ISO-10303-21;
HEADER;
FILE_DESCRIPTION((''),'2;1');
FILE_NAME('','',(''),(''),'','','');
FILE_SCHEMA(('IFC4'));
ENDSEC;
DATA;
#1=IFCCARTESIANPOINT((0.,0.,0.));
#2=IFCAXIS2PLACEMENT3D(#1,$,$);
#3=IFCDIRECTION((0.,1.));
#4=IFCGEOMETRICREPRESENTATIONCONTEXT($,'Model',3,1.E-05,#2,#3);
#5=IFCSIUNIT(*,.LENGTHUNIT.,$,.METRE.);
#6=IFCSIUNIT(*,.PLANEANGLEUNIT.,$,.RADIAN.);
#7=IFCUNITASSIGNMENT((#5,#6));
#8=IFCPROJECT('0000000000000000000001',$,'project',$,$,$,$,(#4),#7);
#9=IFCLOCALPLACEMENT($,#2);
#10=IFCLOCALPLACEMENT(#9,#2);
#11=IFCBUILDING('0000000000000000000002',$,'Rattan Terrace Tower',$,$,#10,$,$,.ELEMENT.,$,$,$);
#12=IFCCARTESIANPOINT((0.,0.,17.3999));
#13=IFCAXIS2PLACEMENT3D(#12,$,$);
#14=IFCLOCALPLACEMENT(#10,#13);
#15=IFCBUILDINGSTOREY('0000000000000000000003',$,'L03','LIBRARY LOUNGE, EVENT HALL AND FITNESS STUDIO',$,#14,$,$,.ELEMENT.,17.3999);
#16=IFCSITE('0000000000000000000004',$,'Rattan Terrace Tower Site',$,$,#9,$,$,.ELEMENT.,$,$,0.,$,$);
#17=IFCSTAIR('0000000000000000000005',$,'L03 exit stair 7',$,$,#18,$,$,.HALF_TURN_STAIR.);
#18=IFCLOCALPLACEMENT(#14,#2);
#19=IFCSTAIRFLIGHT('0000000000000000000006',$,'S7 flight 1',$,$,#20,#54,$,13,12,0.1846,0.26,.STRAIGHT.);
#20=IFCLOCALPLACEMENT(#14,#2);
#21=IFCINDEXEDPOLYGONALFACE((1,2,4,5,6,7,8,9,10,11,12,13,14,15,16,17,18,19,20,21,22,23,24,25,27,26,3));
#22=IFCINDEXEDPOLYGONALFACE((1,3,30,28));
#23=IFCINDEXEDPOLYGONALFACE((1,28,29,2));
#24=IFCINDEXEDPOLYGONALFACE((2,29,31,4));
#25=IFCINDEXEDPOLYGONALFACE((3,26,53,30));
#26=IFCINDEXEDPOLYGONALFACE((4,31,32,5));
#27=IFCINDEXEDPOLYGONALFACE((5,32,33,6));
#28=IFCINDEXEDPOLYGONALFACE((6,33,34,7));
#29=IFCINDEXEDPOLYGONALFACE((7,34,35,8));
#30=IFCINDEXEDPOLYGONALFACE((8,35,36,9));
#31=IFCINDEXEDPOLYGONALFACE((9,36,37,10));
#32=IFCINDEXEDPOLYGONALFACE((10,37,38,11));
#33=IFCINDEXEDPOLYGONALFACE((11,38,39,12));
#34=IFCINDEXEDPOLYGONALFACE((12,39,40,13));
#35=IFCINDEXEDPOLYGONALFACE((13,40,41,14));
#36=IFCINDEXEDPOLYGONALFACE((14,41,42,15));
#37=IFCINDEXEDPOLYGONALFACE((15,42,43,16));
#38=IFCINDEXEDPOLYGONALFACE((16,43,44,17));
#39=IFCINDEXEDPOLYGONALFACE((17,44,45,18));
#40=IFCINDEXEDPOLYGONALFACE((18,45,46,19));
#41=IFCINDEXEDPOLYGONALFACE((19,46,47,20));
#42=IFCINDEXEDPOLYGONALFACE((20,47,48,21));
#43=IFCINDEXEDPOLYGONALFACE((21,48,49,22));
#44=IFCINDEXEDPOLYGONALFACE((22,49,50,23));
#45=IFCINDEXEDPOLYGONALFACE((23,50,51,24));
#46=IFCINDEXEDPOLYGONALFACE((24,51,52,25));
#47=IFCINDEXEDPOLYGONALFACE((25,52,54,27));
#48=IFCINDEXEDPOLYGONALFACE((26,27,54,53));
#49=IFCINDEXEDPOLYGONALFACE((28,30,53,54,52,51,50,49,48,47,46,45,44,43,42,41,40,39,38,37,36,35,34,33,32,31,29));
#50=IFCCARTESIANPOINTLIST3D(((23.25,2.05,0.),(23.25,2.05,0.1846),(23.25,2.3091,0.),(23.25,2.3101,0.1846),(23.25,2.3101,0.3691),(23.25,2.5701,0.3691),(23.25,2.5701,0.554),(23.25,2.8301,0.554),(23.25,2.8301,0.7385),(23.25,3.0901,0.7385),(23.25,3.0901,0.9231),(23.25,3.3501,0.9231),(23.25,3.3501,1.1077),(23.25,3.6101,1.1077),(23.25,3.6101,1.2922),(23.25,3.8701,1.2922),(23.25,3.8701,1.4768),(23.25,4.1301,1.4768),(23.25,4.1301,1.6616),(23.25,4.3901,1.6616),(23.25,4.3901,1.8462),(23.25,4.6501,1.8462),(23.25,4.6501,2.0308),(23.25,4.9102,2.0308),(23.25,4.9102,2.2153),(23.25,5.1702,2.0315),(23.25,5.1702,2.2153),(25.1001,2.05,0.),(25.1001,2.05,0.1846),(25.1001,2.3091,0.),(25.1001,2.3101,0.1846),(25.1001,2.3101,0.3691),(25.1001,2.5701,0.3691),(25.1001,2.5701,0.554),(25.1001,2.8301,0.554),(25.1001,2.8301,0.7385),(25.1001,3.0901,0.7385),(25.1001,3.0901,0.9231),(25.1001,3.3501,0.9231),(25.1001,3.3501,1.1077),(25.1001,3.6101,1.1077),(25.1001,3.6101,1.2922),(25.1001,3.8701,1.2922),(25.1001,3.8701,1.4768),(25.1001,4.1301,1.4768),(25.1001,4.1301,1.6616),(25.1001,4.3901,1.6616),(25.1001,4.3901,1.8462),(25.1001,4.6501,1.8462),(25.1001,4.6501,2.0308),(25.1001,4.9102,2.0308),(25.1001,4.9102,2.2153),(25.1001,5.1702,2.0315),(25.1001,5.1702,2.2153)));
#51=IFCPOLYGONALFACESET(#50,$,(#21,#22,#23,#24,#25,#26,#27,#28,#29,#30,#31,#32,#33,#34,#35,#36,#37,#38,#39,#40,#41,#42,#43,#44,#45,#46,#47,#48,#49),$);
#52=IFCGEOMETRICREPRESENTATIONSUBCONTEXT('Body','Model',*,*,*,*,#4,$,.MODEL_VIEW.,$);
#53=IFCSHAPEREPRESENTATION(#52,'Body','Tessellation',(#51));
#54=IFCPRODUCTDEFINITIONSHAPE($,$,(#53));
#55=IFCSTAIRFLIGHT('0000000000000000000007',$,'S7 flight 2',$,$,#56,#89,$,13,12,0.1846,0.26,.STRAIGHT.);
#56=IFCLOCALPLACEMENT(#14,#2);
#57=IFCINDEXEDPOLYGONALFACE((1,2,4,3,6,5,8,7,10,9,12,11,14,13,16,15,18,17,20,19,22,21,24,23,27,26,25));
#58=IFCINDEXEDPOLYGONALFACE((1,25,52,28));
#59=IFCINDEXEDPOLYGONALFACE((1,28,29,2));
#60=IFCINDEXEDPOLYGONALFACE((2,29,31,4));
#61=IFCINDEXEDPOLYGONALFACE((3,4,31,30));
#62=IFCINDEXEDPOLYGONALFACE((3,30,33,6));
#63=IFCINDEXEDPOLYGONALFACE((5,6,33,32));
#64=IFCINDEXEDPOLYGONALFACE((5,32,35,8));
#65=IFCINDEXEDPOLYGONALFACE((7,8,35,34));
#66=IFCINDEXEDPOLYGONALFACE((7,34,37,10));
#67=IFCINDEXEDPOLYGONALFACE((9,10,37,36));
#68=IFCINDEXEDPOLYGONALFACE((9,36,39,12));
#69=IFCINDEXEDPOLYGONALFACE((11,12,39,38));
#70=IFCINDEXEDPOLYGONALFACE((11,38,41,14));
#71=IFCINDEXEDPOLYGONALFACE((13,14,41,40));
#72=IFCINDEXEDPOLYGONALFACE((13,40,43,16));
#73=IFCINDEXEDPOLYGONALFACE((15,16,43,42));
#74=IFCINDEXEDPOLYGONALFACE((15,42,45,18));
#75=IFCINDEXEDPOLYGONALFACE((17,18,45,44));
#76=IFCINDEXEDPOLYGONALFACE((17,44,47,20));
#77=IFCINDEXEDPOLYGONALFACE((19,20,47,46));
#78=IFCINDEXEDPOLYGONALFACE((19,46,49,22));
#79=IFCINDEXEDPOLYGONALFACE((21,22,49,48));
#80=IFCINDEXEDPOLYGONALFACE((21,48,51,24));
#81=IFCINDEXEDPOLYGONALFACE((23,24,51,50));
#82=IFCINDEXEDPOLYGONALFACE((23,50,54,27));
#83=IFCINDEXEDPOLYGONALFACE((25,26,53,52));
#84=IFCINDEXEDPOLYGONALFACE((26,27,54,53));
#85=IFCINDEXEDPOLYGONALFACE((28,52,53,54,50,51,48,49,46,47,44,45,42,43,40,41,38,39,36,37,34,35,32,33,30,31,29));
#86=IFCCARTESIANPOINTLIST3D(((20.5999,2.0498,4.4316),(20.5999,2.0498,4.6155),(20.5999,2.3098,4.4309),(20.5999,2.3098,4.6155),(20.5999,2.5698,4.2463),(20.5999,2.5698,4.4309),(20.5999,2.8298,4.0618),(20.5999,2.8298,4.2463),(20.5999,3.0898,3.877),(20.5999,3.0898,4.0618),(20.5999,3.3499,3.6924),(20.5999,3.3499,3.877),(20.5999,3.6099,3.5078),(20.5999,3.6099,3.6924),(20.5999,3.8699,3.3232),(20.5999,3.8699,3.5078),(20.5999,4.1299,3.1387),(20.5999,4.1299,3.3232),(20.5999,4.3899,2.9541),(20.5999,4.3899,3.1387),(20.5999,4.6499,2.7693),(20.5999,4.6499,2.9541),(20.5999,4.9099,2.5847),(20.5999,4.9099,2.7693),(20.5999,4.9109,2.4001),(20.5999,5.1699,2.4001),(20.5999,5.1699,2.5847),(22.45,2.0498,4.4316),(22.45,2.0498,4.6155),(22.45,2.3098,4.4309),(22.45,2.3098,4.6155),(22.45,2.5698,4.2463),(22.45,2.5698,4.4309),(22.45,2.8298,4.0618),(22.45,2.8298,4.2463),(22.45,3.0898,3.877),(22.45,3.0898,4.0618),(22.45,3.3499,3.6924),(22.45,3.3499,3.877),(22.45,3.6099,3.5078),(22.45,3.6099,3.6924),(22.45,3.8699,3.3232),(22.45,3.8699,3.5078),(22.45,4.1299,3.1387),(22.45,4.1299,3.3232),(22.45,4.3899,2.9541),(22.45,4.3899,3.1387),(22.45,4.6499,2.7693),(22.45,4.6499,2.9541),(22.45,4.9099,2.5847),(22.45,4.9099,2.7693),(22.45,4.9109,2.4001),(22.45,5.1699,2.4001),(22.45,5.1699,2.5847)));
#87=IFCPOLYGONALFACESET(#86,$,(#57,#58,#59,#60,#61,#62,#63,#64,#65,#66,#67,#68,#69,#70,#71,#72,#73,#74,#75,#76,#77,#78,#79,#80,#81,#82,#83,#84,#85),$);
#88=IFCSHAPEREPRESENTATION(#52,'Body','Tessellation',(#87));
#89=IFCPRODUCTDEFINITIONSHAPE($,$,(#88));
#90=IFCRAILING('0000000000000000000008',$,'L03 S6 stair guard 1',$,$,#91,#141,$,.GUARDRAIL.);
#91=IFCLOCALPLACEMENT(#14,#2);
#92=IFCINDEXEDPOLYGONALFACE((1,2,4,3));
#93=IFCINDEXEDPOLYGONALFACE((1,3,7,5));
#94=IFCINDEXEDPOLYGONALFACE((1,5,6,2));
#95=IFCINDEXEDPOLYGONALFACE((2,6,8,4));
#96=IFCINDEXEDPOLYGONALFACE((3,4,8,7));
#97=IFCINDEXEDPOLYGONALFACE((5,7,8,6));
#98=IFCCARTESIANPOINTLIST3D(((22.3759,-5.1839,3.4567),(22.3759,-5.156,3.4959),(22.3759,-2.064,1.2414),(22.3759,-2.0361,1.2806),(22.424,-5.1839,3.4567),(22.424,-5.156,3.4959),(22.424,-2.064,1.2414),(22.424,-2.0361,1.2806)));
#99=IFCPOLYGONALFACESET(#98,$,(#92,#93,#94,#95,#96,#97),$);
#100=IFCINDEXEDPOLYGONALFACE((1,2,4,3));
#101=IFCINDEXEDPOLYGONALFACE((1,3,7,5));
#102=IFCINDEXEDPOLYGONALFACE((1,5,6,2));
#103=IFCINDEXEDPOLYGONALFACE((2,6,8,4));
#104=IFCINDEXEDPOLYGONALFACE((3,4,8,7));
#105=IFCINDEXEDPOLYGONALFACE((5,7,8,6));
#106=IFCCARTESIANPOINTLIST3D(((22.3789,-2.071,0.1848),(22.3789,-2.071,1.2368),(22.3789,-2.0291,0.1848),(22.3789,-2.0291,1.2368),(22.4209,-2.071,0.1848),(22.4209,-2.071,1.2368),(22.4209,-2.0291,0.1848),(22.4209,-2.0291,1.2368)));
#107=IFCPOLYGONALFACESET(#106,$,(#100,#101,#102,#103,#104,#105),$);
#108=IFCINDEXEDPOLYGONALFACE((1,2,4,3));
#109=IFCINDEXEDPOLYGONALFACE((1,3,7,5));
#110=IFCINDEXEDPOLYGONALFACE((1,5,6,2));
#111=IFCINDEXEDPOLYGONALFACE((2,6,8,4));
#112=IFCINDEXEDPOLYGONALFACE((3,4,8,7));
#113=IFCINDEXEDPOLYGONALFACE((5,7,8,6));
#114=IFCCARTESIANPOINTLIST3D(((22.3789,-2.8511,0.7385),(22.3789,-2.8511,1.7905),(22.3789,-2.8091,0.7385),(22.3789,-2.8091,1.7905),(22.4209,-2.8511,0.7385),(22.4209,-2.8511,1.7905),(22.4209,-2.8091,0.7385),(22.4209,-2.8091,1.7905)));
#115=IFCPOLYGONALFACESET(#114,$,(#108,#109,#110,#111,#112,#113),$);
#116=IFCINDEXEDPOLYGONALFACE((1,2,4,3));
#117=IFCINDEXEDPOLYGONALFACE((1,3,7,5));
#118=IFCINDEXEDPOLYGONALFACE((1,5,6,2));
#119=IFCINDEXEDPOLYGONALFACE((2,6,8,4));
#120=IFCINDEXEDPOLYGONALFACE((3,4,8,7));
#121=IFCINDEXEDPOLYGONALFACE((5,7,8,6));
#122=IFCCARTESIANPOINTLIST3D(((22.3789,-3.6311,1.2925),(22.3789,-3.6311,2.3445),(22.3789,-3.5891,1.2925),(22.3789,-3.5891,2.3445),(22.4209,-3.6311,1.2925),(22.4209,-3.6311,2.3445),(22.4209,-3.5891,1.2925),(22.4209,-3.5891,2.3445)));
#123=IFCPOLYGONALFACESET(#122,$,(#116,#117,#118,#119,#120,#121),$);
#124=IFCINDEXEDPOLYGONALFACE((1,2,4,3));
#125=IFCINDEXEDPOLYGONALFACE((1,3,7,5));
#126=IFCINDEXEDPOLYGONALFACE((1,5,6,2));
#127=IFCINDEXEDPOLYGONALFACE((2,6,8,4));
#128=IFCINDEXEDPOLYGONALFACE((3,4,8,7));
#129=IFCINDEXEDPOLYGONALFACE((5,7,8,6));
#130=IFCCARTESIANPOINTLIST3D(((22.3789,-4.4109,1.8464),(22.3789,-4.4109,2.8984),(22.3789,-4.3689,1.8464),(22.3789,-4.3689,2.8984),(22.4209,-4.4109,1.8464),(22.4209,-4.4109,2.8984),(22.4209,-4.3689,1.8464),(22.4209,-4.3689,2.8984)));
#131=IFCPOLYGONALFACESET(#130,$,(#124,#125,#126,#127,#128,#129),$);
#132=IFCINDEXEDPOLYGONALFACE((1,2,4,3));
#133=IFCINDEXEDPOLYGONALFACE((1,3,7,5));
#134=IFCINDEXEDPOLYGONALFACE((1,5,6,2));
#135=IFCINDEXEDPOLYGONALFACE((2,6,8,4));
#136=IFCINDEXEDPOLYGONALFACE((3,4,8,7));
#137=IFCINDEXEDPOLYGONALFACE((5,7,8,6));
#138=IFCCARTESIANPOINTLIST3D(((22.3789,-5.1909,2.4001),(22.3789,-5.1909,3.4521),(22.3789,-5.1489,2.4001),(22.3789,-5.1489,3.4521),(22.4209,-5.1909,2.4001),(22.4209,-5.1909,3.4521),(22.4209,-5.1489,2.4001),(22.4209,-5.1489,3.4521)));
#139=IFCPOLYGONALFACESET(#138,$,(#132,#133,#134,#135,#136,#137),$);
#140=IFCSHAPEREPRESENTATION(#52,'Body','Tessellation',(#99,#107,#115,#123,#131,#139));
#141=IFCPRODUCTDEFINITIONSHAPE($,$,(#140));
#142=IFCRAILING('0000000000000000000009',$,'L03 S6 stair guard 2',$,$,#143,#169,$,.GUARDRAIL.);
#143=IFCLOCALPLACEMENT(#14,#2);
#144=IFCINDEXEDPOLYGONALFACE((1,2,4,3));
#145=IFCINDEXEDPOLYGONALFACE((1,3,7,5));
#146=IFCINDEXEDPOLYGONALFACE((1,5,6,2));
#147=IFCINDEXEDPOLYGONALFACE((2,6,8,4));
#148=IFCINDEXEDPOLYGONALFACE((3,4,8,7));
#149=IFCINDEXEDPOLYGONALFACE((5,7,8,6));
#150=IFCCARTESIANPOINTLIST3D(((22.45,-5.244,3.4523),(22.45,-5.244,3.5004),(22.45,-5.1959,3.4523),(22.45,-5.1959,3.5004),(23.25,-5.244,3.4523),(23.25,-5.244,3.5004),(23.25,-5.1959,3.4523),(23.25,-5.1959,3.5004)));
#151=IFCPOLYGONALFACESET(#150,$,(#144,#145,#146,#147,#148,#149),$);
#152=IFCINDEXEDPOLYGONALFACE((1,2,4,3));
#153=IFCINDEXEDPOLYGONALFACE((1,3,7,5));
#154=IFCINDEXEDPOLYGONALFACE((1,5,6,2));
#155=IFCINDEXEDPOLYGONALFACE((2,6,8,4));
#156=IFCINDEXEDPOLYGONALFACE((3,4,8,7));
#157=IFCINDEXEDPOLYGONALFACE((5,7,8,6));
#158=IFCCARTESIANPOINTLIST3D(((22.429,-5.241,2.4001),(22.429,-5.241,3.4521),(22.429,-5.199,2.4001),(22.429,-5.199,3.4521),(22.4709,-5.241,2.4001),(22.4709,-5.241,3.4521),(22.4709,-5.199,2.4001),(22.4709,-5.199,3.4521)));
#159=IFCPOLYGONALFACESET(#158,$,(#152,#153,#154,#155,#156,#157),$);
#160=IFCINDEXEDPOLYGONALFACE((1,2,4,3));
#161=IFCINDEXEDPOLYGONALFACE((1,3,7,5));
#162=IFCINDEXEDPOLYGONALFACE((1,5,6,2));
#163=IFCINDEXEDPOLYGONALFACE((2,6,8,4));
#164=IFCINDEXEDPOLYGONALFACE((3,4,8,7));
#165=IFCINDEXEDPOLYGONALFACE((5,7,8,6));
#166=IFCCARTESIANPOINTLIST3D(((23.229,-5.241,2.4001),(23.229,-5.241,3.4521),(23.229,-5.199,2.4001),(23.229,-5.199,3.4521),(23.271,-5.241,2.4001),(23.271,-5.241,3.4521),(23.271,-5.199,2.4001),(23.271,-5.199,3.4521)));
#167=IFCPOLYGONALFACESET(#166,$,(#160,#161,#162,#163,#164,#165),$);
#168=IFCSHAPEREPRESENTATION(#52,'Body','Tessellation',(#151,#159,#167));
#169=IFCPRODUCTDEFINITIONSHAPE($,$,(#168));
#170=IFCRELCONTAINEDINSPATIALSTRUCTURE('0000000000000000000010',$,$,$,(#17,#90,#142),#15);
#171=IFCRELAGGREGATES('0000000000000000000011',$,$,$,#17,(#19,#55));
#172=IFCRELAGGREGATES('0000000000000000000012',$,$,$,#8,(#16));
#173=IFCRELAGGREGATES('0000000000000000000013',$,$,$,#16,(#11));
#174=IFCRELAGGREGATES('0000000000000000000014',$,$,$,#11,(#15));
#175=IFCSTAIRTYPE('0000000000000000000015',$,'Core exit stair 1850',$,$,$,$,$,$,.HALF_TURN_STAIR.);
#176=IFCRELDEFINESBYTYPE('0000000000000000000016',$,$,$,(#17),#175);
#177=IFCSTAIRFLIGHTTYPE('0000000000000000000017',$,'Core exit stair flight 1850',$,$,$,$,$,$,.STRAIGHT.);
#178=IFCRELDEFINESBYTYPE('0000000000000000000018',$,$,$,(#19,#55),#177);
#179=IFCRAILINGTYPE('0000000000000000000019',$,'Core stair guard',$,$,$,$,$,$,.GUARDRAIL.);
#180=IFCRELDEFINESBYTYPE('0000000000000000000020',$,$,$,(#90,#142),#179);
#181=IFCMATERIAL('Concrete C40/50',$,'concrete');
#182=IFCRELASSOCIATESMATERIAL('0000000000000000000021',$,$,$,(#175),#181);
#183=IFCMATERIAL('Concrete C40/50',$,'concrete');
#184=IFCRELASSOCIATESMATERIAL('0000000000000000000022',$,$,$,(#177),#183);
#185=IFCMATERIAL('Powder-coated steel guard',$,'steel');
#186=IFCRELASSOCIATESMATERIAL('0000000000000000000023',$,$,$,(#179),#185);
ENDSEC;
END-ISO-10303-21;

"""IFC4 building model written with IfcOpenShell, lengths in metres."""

from ifc_helpers import new_model, si_unit, direction, frame, origin, origin_2d, place, context, subcontext, project, spatial, polyline, rectangle, outline, extrude, material, type_object, element, aggregate, save


model = new_model("IFC4")

# Units and contexts
model_context = context("Model", 3, precision=1e-05, world=origin(), true_north=direction((0.0, 1.0)))
body_context = subcontext(model_context, "Body", "Model", "MODEL_VIEW")
ifc_project = project(units=[si_unit("LENGTHUNIT", "METRE"), si_unit("PLANEANGLEUNIT", "RADIAN")], contexts=[model_context])

# Site, building, storey
site_placement = place(None, origin())
site = spatial("IfcSite", under=ifc_project, at=site_placement, Name="Rattan Terrace Tower Site", CompositionType="ELEMENT", RefElevation=0.0)
building_placement = place(site_placement, origin())
building = spatial("IfcBuilding", under=site, at=building_placement, Name="Rattan Terrace Tower", CompositionType="ELEMENT")
storey_placement = place(building_placement, frame((0.0, 0.0, 17.3999)))
storey = spatial("IfcBuildingStorey", under=building, at=storey_placement, Name="L03", Description="LIBRARY LOUNGE, EVENT HALL AND FITNESS STUDIO", CompositionType="ELEMENT", Elevation=17.3999)

# Stair, stair flights
ifc_material_1 = material(Name="Concrete C40/50", Category="concrete")
stair_type = type_object("IfcStairType", Name="Core exit stair 1850", PredefinedType="HALF_TURN_STAIR", material=ifc_material_1)
ifc_material_2 = material(Name="Concrete C40/50", Category="concrete")
stair_flight_type = type_object("IfcStairFlightType", Name="Core exit stair flight 1850", PredefinedType="STRAIGHT", material=ifc_material_2)
stair_1_placement = place(storey_placement, origin())
stair_1 = element("IfcStair", 1, at=stair_1_placement, inside=storey, type_object=stair_type, Name="L03 exit stair 7", PredefinedType="HALF_TURN_STAIR")
stair_flight_1_placement = place(storey_placement, frame((24.175, 2.05, 0.0), z_axis=(0.0, 0.0, 1.0), x_axis=(0.0, 1.0, 0.0)))
stair_flight_1 = element("IfcStairFlight", 2, at=stair_flight_1_placement, type_object=stair_flight_type, Name="S7 flight 1", NumberOfRisers=13, NumberOfTreads=12, PredefinedType="STRAIGHT", RiserHeight=0.1846, TreadLength=0.26, context=body_context, shape_type="SweptSolid", body=[
    extrude(outline(polyline([(0.0, 0.0), (0.0, 0.1846), (0.26, 0.1846), (0.26, 0.3691), (0.52, 0.3691), (0.52, 0.554), (0.78, 0.554), (0.78, 0.7385), (1.04, 0.7385), (1.04, 0.9231), (1.3, 0.9231), (1.3, 1.1077), (1.5601, 1.1077), (1.5601, 1.2922), (1.8201, 1.2922), (1.8201, 1.4768), (2.0801, 1.4768), (2.0801, 1.6616), (2.3401, 1.6616), (2.3401, 1.8462), (2.6001, 1.8462), (2.6001, 2.0308), (2.8601, 2.0308), (2.8601, 2.2153), (3.1201, 2.2153), (3.1201, 2.3999), (3.1201, 2.0315), (0.259, 0.0), (0.0, 0.0)])), frame((0.0, 0.925, 0.0), z_axis=(0.0, -1.0, 0.0), x_axis=(1.0, 0.0, 0.0)), (0.0, 0.0, 1.0), 1.8501),
])
stair_flight_2_placement = place(storey_placement, frame((21.5249, 5.1699, 2.4001), z_axis=(0.0, 0.0, 1.0), x_axis=(0.0, -1.0, 0.0)))
stair_flight_2 = element("IfcStairFlight", 3, at=stair_flight_2_placement, type_object=stair_flight_type, Name="S7 flight 2", NumberOfRisers=13, NumberOfTreads=12, PredefinedType="STRAIGHT", RiserHeight=0.1846, TreadLength=0.26, context=body_context, shape_type="SweptSolid", body=[
    extrude(outline(polyline([(0.0, 0.0), (0.0, 0.1846), (0.26, 0.1846), (0.26, 0.3691), (0.52, 0.3691), (0.52, 0.554), (0.78, 0.554), (0.78, 0.7385), (1.04, 0.7385), (1.04, 0.9231), (1.3, 0.9231), (1.3, 1.1077), (1.5601, 1.1077), (1.5601, 1.2922), (1.8201, 1.2922), (1.8201, 1.4768), (2.0801, 1.4768), (2.0801, 1.6616), (2.3401, 1.6616), (2.3401, 1.8462), (2.6001, 1.8462), (2.6001, 2.0308), (2.8601, 2.0308), (2.8601, 2.2153), (3.1201, 2.2153), (3.1201, 2.3999), (3.1201, 2.0315), (0.259, 0.0), (0.0, 0.0)])), frame((0.0, 0.925, 0.0), z_axis=(0.0, -1.0, 0.0), x_axis=(1.0, 0.0, 0.0)), (0.0, 0.0, 1.0), 1.8501),
])
aggregate(stair_1, [stair_flight_1, stair_flight_2])

# Railings
ifc_material_3 = material(Name="Powder-coated steel guard", Category="steel")
railing_type_1 = type_object("IfcRailingType", Name="Core stair guard", PredefinedType="GUARDRAIL", material=ifc_material_3)
railing_1_placement = place(storey_placement, frame((22.3999, -2.05, 0.1848)))
element("IfcRailing", 4, at=railing_1_placement, inside=storey, type_object=railing_type_1, Name="L03 S6 stair guard 1", PredefinedType="GUARDRAIL", context=body_context, shape_type="SweptSolid", body=[
    extrude(rectangle(XDim=0.0481, YDim=0.0481, at=origin_2d()), frame((0.0, 0.0, 1.0762), z_axis=(0.0, -0.815356, 0.578961), x_axis=(1.0, 0.0, 0.0)), (0.0, 0.0, 1.0), 3.8264),
    extrude(rectangle(XDim=0.042, YDim=0.042, at=origin_2d()), origin(), (0.0, 0.0, 1.0), 1.052),
    extrude(rectangle(XDim=0.042, YDim=0.042, at=origin_2d()), frame((0.0, -0.78, 0.5537)), (0.0, 0.0, 1.0), 1.052),
    extrude(rectangle(XDim=0.042, YDim=0.042, at=origin_2d()), frame((0.0, -1.5601, 1.1077)), (0.0, 0.0, 1.0), 1.052),
    extrude(rectangle(XDim=0.042, YDim=0.042, at=origin_2d()), frame((0.0, -2.3398, 1.6616)), (0.0, 0.0, 1.0), 1.052),
    extrude(rectangle(XDim=0.042, YDim=0.042, at=origin_2d()), frame((0.0, -3.1199, 2.2153)), (0.0, 0.0, 1.0), 1.052),
])
railing_2_placement = place(storey_placement, frame((22.45, -5.22, 2.4001)))
element("IfcRailing", 5, at=railing_2_placement, inside=storey, type_object=railing_type_1, Name="L03 S6 stair guard 2", PredefinedType="GUARDRAIL", context=body_context, shape_type="SweptSolid", body=[
    extrude(rectangle(XDim=0.0481, YDim=0.0481, at=origin_2d()), frame((0.0, 0.0, 1.0762), z_axis=(1.0, 0.0, 0.0), x_axis=(0.0, 1.0, 0.0)), (0.0, 0.0, 1.0), 0.8),
    extrude(rectangle(XDim=0.042, YDim=0.042, at=origin_2d()), origin(), (0.0, 0.0, 1.0), 1.052),
    extrude(rectangle(XDim=0.042, YDim=0.042, at=origin_2d()), frame((0.8, 0.0, 0.0)), (0.0, 0.0, 1.0), 1.052),
])

save(model, "model.ifc")
